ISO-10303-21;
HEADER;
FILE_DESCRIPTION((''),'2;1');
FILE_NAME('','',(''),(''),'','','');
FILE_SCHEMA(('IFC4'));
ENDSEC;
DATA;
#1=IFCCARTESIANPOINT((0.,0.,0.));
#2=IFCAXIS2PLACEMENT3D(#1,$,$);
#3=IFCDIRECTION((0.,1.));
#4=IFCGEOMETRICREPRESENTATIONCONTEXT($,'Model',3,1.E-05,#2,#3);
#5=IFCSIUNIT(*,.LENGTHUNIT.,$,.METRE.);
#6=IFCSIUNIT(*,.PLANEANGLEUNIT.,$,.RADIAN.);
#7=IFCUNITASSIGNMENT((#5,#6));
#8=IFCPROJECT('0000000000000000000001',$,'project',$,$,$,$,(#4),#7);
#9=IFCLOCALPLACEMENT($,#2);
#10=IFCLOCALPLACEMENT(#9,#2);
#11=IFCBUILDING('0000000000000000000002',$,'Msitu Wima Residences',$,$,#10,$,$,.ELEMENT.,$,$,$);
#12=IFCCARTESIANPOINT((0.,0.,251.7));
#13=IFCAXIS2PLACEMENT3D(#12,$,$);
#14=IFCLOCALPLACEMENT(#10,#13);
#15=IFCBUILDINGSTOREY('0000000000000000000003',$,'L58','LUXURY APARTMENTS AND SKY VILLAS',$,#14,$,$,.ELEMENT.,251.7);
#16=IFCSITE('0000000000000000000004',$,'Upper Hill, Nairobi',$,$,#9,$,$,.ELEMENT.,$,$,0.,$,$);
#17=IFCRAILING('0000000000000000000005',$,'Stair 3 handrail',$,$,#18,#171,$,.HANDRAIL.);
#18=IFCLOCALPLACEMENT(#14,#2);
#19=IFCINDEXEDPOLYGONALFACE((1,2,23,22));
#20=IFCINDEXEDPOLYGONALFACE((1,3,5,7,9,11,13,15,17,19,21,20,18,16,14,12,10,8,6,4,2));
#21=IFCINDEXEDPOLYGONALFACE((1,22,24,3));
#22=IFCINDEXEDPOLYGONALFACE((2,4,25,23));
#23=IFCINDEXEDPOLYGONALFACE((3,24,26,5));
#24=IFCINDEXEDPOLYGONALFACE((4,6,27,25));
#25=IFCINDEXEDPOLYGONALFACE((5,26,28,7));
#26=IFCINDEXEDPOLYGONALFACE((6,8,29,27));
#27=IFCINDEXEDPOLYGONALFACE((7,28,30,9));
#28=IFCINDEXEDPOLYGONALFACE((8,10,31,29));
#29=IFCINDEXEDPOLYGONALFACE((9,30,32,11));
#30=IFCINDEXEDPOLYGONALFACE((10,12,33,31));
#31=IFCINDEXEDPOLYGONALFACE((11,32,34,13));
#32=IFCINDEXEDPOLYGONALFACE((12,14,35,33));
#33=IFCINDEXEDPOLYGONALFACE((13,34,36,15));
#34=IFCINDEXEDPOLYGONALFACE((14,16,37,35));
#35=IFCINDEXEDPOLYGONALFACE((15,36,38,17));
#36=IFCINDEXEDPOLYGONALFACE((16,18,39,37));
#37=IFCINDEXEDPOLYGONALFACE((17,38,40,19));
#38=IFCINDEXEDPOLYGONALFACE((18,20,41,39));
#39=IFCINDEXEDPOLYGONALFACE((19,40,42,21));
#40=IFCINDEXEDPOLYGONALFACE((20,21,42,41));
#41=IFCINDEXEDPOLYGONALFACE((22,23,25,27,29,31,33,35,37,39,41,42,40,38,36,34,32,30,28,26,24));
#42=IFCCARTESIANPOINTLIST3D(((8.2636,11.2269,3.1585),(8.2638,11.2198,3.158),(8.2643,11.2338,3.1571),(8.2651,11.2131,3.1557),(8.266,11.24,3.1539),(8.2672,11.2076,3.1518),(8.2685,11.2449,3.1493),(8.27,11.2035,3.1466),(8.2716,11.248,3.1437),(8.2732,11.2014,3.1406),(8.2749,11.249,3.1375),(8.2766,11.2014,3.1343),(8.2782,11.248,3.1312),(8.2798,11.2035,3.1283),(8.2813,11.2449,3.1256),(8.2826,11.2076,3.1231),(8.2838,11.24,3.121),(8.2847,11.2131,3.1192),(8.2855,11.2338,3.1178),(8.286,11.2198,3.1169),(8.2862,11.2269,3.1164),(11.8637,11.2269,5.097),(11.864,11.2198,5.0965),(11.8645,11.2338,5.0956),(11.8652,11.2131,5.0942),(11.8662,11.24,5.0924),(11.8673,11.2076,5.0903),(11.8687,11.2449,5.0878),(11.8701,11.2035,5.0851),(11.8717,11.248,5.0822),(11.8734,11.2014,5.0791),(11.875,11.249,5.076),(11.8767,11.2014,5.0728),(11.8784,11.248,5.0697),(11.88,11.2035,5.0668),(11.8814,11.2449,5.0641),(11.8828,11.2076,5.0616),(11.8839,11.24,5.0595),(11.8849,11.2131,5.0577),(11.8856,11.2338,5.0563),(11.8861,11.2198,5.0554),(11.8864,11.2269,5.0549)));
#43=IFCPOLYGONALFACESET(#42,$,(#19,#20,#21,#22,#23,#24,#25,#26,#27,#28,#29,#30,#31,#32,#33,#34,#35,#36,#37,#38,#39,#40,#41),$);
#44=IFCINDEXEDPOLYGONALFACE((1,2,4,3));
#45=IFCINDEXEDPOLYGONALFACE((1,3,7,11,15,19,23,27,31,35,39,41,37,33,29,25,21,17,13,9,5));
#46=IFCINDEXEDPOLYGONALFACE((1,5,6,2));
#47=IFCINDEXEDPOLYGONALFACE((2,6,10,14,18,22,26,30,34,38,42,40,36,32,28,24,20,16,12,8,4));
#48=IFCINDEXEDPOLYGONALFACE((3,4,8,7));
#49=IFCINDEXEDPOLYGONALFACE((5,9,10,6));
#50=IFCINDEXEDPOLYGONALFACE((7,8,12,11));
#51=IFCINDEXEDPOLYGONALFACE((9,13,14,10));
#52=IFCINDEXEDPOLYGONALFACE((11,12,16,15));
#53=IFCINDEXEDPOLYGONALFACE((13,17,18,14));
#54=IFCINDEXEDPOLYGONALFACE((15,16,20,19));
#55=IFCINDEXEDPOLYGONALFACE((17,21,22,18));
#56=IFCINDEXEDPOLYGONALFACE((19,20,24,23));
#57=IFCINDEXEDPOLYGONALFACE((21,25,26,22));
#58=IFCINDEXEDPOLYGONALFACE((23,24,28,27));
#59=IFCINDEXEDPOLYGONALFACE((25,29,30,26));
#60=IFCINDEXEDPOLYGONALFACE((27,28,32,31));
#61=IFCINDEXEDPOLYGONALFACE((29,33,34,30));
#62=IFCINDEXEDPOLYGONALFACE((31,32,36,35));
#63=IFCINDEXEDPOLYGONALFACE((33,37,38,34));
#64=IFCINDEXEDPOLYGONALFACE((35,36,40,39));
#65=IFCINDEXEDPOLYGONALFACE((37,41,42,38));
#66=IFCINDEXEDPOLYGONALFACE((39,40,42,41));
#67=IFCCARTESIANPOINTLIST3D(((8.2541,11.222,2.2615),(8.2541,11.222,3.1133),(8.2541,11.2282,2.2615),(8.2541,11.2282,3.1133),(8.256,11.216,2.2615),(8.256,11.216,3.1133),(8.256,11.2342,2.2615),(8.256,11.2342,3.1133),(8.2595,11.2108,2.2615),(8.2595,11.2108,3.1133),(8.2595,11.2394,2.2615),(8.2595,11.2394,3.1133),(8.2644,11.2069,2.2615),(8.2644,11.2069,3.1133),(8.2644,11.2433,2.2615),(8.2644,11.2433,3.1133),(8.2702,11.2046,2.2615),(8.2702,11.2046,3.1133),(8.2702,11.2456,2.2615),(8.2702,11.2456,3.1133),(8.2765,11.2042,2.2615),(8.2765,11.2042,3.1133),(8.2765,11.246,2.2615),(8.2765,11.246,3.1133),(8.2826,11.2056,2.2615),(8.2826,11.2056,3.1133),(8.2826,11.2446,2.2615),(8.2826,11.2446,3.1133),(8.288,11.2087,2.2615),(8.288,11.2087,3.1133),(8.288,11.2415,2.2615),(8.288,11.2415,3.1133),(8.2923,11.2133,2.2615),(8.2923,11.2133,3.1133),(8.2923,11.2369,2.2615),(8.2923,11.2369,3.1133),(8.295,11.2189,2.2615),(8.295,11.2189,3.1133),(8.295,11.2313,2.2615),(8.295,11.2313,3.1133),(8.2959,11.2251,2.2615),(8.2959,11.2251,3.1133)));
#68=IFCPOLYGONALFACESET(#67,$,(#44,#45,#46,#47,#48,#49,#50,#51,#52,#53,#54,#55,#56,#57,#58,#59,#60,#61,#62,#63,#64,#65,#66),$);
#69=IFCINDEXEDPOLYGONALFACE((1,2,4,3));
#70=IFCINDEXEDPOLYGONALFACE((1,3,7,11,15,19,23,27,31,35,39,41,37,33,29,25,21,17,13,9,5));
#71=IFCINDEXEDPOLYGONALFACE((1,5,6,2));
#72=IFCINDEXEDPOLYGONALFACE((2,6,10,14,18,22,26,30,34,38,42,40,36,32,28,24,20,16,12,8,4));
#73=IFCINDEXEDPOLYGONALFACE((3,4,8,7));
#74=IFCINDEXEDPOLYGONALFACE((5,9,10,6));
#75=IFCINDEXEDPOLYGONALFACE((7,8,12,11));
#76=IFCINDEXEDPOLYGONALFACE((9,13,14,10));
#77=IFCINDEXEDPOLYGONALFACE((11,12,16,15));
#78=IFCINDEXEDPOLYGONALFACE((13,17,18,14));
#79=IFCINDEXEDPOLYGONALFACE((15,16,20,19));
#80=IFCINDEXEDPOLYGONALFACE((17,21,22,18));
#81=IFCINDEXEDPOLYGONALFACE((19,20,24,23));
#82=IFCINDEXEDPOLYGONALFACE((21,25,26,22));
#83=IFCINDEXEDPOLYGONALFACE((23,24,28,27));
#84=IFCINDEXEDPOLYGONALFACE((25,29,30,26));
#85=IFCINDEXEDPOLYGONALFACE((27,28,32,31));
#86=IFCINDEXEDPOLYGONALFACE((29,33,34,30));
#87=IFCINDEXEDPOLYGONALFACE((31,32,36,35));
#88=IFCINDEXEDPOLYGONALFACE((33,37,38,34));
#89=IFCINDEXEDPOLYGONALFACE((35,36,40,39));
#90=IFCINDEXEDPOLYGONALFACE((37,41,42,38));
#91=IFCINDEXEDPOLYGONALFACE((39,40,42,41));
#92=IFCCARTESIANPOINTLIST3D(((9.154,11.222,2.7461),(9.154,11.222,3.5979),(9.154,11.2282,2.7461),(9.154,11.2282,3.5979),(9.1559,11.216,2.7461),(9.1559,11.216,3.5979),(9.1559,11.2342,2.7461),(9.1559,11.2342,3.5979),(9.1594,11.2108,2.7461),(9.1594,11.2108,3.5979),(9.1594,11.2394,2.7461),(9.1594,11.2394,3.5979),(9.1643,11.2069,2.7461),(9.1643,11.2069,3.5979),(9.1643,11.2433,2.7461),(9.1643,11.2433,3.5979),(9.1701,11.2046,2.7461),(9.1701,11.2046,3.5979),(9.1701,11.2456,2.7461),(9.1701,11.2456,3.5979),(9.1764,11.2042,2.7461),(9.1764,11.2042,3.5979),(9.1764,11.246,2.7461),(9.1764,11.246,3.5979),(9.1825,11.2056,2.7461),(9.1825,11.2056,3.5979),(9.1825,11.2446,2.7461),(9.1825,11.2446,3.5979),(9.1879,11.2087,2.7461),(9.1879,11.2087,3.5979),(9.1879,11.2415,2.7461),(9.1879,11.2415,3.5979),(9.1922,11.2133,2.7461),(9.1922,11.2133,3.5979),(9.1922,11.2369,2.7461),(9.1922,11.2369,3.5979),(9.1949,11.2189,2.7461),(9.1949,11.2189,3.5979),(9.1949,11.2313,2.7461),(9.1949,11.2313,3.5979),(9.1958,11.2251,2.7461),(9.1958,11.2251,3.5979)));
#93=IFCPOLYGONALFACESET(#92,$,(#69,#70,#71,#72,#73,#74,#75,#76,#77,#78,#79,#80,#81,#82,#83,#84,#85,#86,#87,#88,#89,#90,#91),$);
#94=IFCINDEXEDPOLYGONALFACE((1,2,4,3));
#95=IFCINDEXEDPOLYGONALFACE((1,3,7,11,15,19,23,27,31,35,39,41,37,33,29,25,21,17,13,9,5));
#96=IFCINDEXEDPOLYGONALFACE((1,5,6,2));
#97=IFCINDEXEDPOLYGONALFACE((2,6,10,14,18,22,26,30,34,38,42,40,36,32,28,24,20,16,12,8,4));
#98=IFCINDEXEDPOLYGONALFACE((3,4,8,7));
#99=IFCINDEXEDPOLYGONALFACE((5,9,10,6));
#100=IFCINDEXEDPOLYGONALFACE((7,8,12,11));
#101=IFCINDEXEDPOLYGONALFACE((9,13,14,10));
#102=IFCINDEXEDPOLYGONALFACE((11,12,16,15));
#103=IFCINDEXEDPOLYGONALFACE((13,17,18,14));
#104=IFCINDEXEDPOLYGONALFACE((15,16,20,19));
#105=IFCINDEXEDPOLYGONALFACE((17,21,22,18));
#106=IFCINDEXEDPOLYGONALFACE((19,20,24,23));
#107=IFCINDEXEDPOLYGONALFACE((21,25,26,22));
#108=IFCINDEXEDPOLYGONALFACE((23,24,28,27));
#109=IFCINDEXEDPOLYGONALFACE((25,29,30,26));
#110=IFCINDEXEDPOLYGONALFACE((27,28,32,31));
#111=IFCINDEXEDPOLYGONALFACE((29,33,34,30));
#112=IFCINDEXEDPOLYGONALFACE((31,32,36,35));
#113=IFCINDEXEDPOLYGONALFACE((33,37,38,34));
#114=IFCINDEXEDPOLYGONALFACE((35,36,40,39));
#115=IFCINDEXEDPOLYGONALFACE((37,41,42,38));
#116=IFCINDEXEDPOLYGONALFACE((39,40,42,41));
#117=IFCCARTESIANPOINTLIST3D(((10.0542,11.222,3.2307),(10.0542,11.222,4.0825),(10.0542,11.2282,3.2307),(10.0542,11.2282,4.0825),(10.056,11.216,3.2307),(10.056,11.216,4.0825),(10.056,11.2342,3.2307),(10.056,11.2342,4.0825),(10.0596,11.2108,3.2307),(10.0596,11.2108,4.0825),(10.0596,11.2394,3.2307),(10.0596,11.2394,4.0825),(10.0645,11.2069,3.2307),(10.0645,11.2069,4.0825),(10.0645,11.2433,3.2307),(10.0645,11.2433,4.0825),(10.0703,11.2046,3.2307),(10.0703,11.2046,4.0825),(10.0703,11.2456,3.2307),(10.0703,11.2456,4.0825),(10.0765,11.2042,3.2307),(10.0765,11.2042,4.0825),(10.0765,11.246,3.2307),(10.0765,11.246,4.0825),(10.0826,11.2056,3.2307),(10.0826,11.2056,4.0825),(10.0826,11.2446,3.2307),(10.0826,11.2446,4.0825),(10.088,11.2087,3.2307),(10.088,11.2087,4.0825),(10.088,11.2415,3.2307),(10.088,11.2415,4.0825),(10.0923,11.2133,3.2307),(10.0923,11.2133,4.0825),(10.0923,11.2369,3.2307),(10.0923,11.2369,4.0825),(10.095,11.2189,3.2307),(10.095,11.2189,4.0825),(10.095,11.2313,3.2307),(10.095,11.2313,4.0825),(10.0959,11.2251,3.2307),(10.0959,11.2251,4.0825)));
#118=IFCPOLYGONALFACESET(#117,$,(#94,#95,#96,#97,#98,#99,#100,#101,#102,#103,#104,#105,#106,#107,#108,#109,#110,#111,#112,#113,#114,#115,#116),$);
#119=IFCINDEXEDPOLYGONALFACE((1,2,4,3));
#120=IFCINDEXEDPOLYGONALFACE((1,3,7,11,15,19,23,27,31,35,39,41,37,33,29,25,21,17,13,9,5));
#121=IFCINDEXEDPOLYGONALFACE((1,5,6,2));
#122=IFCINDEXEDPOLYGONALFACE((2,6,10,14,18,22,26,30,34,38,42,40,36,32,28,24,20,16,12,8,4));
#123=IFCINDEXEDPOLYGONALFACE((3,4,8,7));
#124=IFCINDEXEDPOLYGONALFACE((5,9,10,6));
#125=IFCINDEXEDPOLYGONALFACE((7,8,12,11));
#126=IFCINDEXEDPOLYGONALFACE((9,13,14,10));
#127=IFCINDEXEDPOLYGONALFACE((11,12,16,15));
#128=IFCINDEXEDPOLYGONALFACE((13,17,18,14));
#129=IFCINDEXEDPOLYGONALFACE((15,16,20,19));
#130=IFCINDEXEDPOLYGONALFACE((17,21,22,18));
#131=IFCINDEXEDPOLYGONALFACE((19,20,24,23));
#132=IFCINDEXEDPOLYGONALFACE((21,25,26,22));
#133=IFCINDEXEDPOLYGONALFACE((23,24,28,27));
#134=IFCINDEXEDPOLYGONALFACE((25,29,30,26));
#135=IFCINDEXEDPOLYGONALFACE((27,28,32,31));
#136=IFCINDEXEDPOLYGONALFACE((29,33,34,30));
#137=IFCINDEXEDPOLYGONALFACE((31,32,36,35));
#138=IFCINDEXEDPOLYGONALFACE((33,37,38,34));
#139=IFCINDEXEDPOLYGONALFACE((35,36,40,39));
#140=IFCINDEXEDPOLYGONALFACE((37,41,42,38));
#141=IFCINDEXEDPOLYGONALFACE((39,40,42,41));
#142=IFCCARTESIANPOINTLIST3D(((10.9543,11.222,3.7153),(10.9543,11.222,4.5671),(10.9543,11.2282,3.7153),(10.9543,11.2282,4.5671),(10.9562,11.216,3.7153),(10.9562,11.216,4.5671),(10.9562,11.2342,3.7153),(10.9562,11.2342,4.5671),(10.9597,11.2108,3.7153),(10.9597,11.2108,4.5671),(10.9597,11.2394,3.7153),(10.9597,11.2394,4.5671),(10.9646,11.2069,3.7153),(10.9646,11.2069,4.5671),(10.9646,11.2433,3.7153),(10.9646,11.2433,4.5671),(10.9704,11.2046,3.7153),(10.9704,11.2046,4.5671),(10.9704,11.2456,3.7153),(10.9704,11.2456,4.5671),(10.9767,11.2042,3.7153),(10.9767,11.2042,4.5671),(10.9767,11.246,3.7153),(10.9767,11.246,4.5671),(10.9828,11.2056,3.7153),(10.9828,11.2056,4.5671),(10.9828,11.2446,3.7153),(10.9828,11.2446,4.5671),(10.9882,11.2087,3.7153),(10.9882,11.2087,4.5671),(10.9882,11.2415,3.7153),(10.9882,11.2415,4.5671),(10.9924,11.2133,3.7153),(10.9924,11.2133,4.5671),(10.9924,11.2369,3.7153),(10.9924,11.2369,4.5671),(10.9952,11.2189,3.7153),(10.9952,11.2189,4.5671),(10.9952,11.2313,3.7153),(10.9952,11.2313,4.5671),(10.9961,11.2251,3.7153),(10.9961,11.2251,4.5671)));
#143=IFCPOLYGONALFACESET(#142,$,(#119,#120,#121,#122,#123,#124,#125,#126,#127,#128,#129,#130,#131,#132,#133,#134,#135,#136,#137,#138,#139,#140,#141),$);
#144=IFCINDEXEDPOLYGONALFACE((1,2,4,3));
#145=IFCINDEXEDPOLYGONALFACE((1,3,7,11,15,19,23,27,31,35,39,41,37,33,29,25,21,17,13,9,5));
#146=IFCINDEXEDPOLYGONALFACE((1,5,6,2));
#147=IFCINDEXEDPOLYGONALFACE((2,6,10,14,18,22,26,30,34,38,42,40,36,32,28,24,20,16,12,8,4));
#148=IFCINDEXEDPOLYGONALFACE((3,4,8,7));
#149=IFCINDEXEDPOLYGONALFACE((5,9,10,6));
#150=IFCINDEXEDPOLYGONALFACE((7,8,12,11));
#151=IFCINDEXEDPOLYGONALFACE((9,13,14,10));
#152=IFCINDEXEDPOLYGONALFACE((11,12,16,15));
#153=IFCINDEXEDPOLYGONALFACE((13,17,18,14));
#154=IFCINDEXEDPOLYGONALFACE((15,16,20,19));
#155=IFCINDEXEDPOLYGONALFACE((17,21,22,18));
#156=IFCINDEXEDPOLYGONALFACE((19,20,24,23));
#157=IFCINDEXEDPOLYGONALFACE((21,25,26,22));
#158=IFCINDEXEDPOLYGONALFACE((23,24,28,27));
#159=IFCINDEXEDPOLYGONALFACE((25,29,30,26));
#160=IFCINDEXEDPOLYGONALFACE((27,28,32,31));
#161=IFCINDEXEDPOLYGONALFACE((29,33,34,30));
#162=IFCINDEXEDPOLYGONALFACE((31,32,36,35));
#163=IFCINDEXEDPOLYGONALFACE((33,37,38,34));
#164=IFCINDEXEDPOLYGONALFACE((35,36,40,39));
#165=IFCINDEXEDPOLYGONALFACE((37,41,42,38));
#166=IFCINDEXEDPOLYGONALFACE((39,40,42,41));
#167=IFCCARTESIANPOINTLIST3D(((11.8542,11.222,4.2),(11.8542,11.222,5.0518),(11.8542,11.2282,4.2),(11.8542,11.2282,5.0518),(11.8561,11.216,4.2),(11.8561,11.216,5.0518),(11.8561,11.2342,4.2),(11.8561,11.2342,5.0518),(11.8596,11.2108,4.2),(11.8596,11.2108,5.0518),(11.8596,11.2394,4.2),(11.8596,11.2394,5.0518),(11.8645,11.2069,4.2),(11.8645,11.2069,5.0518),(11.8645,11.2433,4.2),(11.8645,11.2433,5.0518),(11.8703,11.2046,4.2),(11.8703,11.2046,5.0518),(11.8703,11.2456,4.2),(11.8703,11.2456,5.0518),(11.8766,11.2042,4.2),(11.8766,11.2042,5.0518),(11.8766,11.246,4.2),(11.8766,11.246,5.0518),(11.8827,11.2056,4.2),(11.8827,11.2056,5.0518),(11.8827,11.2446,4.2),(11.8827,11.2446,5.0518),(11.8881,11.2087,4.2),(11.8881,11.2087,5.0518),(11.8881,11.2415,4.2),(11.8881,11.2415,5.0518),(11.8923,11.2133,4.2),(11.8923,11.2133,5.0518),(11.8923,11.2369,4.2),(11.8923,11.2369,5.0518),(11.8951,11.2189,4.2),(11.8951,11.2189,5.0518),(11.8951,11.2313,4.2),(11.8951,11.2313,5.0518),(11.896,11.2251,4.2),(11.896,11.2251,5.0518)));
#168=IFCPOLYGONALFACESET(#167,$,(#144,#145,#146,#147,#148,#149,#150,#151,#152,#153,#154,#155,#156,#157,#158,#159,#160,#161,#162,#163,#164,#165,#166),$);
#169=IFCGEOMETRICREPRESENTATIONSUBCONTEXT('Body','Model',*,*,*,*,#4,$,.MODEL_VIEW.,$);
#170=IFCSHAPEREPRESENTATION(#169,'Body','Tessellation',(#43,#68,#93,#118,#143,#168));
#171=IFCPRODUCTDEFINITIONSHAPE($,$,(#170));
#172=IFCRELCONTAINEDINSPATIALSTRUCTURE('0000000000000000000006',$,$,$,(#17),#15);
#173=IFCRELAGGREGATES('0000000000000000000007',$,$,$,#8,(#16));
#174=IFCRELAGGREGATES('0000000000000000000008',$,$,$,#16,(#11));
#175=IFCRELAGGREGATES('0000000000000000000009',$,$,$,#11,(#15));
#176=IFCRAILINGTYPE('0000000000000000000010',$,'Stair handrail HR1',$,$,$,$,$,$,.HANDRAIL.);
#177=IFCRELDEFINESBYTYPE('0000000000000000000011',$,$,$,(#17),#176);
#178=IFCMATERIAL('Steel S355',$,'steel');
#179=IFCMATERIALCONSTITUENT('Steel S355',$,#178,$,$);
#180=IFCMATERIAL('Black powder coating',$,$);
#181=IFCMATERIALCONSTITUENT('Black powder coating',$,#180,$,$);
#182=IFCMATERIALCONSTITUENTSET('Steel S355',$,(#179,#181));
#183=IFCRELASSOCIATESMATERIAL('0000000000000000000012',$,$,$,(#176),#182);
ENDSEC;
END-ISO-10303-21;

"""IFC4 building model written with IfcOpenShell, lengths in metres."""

from ifc_helpers import new_model, si_unit, direction, frame, origin, origin_2d, place, context, subcontext, project, spatial, circle, extrude, material, constituent, constituent_set, type_object, element, save


model = new_model("IFC4")

# Units and contexts
model_context = context("Model", 3, precision=1e-05, world=origin(), true_north=direction((0.0, 1.0)))
body_context = subcontext(model_context, "Body", "Model", "MODEL_VIEW")
ifc_project = project(units=[si_unit("LENGTHUNIT", "METRE"), si_unit("PLANEANGLEUNIT", "RADIAN")], contexts=[model_context])

# Site, building, storey
site_placement = place(None, origin())
site = spatial("IfcSite", under=ifc_project, at=site_placement, Name="Upper Hill, Nairobi", CompositionType="ELEMENT", RefElevation=0.0)
building_placement = place(site_placement, origin())
building = spatial("IfcBuilding", under=site, at=building_placement, Name="Msitu Wima Residences", CompositionType="ELEMENT")
storey_placement = place(building_placement, frame((0.0, 0.0, 251.7)))
storey = spatial("IfcBuildingStorey", under=building, at=storey_placement, Name="L58", Description="LUXURY APARTMENTS AND SKY VILLAS", CompositionType="ELEMENT", Elevation=251.7)

# Railing
ifc_material_1 = material(Name="Steel S355", Category="steel")
ifc_constituent_1 = constituent(ifc_material_1, Name="Steel S355")
ifc_material_2 = material(Name="Black powder coating")
ifc_constituent_2 = constituent(ifc_material_2, Name="Black powder coating")
ifc_constituent_set = constituent_set(constituents=[ifc_constituent_1, ifc_constituent_2], Name="Steel S355")
railing_type = type_object("IfcRailingType", Name="Stair handrail HR1", PredefinedType="HANDRAIL", material=ifc_constituent_set)
for number, where, name in (
    (1, (8.2749, 11.2251, 2.2615), "Stair 3 handrail"),
):
    element("IfcRailing", number, at=place(storey_placement, frame(where)), inside=storey, type_object=railing_type, Name=name, PredefinedType="HANDRAIL", context=body_context, shape_type="SweptSolid", body=[
        extrude(circle(Radius=0.0239, at=origin_2d()), frame((0.0, 0.0, 0.876), z_axis=(0.880475, 0.0, 0.474093), x_axis=(0.0, 1.0, 0.0)), (0.0, 0.0, 1.0), 4.0889),
        extrude(circle(Radius=0.021, at=origin_2d()), origin(), (0.0, 0.0, 1.0), 0.8518),
        extrude(circle(Radius=0.021, at=origin_2d()), frame((0.8999, 0.0, 0.4846)), (0.0, 0.0, 1.0), 0.8518),
        extrude(circle(Radius=0.021, at=origin_2d()), frame((1.8, 0.0, 0.9692)), (0.0, 0.0, 1.0), 0.8518),
        extrude(circle(Radius=0.021, at=origin_2d()), frame((2.7002, 0.0, 1.4539)), (0.0, 0.0, 1.0), 0.8518),
        extrude(circle(Radius=0.021, at=origin_2d()), frame((3.6001, 0.0, 1.9385)), (0.0, 0.0, 1.0), 0.8518),
    ])

save(model, "model.ifc")
